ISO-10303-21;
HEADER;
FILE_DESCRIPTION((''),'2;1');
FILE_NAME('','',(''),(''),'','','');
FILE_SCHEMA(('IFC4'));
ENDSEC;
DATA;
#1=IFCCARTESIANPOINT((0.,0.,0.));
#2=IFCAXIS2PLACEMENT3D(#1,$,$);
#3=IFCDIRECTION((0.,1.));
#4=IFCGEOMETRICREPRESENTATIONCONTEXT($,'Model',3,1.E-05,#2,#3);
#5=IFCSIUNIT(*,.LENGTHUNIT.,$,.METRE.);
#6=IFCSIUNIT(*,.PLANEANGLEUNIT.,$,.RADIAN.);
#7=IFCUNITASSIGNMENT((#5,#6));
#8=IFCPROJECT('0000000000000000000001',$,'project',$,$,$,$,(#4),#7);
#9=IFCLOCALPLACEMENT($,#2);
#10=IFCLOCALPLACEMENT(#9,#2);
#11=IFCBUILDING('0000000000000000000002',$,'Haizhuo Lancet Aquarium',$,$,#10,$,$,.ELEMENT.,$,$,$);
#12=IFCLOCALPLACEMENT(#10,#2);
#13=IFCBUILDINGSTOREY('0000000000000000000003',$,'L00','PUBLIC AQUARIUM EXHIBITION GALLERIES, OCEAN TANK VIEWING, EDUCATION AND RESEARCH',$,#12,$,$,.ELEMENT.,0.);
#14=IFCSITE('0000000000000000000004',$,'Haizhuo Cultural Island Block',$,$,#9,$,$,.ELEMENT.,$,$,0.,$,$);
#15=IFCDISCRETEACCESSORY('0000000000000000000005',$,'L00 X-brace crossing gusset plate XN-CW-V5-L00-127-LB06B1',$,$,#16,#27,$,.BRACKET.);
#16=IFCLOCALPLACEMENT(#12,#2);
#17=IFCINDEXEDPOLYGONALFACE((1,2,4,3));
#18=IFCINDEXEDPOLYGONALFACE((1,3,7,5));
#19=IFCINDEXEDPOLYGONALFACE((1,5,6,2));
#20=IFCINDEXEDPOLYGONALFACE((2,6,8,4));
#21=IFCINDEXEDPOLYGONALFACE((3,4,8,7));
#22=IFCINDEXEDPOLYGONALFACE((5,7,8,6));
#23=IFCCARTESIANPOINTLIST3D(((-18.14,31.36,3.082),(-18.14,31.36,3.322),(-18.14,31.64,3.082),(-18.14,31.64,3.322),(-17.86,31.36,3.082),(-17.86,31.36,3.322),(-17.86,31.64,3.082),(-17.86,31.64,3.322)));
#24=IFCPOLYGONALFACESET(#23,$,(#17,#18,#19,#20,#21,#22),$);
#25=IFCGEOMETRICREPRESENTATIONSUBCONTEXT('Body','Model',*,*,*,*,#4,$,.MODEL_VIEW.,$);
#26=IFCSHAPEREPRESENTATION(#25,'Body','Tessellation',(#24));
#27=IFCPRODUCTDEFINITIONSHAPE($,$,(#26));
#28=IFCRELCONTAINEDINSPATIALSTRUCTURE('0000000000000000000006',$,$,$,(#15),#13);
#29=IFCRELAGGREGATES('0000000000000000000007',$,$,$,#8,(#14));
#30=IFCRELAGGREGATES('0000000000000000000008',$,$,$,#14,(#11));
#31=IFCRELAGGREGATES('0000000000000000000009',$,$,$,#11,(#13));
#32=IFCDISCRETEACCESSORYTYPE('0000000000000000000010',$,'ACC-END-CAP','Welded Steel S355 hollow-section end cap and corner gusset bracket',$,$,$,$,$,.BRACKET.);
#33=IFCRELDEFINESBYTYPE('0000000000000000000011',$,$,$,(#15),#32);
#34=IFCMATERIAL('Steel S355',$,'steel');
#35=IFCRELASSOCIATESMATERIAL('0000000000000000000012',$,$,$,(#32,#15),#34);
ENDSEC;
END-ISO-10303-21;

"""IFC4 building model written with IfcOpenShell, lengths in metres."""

from ifc_helpers import new_model, si_unit, direction, frame, origin, origin_2d, place, context, subcontext, project, spatial, rectangle, extrude, material, type_object, element, save


model = new_model("IFC4")

# Units and contexts
model_context = context("Model", 3, precision=1e-05, world=origin(), true_north=direction((0.0, 1.0)))
body_context = subcontext(model_context, "Body", "Model", "MODEL_VIEW")
ifc_project = project(units=[si_unit("LENGTHUNIT", "METRE"), si_unit("PLANEANGLEUNIT", "RADIAN")], contexts=[model_context])

# Site, building, storey
site_placement = place(None, origin())
site = spatial("IfcSite", under=ifc_project, at=site_placement, Name="Haizhuo Cultural Island Block", CompositionType="ELEMENT", RefElevation=0.0)
building_placement = place(site_placement, origin())
building = spatial("IfcBuilding", under=site, at=building_placement, Name="Haizhuo Lancet Aquarium", CompositionType="ELEMENT")
storey_placement = place(building_placement, origin())
storey = spatial("IfcBuildingStorey", under=building, at=storey_placement, Name="L00", Description="PUBLIC AQUARIUM EXHIBITION GALLERIES, OCEAN TANK VIEWING, EDUCATION AND RESEARCH", CompositionType="ELEMENT", Elevation=0.0)

# Shared definitions
ifc_material_1 = material(Name="Steel S355", Category="steel")

# Discrete accessory
discrete_accessory_type = type_object("IfcDiscreteAccessoryType", Name="ACC-END-CAP", Description="Welded Steel S355 hollow-section end cap and corner gusset bracket", PredefinedType="BRACKET", material=ifc_material_1)
for number, where, z_axis, x_axis, name in (
    (1, (-18.0, 31.5, 3.082), (0.0, 0.0, 1.0), (1.0, 0.0, 0.0), "L00 X-brace crossing gusset plate XN-CW-V5-L00-127-LB06B1"),
):
    element("IfcDiscreteAccessory", number, at=place(storey_placement, frame(where, z_axis=z_axis, x_axis=x_axis)), inside=storey, type_object=discrete_accessory_type, material=ifc_material_1, Name=name, PredefinedType="BRACKET", context=body_context, shape_type="SweptSolid", body=[
        extrude(rectangle(XDim=0.28, YDim=0.28, at=origin_2d()), origin(), (0.0, 0.0, 1.0), 0.24),
    ])

save(model, "model.ifc")
